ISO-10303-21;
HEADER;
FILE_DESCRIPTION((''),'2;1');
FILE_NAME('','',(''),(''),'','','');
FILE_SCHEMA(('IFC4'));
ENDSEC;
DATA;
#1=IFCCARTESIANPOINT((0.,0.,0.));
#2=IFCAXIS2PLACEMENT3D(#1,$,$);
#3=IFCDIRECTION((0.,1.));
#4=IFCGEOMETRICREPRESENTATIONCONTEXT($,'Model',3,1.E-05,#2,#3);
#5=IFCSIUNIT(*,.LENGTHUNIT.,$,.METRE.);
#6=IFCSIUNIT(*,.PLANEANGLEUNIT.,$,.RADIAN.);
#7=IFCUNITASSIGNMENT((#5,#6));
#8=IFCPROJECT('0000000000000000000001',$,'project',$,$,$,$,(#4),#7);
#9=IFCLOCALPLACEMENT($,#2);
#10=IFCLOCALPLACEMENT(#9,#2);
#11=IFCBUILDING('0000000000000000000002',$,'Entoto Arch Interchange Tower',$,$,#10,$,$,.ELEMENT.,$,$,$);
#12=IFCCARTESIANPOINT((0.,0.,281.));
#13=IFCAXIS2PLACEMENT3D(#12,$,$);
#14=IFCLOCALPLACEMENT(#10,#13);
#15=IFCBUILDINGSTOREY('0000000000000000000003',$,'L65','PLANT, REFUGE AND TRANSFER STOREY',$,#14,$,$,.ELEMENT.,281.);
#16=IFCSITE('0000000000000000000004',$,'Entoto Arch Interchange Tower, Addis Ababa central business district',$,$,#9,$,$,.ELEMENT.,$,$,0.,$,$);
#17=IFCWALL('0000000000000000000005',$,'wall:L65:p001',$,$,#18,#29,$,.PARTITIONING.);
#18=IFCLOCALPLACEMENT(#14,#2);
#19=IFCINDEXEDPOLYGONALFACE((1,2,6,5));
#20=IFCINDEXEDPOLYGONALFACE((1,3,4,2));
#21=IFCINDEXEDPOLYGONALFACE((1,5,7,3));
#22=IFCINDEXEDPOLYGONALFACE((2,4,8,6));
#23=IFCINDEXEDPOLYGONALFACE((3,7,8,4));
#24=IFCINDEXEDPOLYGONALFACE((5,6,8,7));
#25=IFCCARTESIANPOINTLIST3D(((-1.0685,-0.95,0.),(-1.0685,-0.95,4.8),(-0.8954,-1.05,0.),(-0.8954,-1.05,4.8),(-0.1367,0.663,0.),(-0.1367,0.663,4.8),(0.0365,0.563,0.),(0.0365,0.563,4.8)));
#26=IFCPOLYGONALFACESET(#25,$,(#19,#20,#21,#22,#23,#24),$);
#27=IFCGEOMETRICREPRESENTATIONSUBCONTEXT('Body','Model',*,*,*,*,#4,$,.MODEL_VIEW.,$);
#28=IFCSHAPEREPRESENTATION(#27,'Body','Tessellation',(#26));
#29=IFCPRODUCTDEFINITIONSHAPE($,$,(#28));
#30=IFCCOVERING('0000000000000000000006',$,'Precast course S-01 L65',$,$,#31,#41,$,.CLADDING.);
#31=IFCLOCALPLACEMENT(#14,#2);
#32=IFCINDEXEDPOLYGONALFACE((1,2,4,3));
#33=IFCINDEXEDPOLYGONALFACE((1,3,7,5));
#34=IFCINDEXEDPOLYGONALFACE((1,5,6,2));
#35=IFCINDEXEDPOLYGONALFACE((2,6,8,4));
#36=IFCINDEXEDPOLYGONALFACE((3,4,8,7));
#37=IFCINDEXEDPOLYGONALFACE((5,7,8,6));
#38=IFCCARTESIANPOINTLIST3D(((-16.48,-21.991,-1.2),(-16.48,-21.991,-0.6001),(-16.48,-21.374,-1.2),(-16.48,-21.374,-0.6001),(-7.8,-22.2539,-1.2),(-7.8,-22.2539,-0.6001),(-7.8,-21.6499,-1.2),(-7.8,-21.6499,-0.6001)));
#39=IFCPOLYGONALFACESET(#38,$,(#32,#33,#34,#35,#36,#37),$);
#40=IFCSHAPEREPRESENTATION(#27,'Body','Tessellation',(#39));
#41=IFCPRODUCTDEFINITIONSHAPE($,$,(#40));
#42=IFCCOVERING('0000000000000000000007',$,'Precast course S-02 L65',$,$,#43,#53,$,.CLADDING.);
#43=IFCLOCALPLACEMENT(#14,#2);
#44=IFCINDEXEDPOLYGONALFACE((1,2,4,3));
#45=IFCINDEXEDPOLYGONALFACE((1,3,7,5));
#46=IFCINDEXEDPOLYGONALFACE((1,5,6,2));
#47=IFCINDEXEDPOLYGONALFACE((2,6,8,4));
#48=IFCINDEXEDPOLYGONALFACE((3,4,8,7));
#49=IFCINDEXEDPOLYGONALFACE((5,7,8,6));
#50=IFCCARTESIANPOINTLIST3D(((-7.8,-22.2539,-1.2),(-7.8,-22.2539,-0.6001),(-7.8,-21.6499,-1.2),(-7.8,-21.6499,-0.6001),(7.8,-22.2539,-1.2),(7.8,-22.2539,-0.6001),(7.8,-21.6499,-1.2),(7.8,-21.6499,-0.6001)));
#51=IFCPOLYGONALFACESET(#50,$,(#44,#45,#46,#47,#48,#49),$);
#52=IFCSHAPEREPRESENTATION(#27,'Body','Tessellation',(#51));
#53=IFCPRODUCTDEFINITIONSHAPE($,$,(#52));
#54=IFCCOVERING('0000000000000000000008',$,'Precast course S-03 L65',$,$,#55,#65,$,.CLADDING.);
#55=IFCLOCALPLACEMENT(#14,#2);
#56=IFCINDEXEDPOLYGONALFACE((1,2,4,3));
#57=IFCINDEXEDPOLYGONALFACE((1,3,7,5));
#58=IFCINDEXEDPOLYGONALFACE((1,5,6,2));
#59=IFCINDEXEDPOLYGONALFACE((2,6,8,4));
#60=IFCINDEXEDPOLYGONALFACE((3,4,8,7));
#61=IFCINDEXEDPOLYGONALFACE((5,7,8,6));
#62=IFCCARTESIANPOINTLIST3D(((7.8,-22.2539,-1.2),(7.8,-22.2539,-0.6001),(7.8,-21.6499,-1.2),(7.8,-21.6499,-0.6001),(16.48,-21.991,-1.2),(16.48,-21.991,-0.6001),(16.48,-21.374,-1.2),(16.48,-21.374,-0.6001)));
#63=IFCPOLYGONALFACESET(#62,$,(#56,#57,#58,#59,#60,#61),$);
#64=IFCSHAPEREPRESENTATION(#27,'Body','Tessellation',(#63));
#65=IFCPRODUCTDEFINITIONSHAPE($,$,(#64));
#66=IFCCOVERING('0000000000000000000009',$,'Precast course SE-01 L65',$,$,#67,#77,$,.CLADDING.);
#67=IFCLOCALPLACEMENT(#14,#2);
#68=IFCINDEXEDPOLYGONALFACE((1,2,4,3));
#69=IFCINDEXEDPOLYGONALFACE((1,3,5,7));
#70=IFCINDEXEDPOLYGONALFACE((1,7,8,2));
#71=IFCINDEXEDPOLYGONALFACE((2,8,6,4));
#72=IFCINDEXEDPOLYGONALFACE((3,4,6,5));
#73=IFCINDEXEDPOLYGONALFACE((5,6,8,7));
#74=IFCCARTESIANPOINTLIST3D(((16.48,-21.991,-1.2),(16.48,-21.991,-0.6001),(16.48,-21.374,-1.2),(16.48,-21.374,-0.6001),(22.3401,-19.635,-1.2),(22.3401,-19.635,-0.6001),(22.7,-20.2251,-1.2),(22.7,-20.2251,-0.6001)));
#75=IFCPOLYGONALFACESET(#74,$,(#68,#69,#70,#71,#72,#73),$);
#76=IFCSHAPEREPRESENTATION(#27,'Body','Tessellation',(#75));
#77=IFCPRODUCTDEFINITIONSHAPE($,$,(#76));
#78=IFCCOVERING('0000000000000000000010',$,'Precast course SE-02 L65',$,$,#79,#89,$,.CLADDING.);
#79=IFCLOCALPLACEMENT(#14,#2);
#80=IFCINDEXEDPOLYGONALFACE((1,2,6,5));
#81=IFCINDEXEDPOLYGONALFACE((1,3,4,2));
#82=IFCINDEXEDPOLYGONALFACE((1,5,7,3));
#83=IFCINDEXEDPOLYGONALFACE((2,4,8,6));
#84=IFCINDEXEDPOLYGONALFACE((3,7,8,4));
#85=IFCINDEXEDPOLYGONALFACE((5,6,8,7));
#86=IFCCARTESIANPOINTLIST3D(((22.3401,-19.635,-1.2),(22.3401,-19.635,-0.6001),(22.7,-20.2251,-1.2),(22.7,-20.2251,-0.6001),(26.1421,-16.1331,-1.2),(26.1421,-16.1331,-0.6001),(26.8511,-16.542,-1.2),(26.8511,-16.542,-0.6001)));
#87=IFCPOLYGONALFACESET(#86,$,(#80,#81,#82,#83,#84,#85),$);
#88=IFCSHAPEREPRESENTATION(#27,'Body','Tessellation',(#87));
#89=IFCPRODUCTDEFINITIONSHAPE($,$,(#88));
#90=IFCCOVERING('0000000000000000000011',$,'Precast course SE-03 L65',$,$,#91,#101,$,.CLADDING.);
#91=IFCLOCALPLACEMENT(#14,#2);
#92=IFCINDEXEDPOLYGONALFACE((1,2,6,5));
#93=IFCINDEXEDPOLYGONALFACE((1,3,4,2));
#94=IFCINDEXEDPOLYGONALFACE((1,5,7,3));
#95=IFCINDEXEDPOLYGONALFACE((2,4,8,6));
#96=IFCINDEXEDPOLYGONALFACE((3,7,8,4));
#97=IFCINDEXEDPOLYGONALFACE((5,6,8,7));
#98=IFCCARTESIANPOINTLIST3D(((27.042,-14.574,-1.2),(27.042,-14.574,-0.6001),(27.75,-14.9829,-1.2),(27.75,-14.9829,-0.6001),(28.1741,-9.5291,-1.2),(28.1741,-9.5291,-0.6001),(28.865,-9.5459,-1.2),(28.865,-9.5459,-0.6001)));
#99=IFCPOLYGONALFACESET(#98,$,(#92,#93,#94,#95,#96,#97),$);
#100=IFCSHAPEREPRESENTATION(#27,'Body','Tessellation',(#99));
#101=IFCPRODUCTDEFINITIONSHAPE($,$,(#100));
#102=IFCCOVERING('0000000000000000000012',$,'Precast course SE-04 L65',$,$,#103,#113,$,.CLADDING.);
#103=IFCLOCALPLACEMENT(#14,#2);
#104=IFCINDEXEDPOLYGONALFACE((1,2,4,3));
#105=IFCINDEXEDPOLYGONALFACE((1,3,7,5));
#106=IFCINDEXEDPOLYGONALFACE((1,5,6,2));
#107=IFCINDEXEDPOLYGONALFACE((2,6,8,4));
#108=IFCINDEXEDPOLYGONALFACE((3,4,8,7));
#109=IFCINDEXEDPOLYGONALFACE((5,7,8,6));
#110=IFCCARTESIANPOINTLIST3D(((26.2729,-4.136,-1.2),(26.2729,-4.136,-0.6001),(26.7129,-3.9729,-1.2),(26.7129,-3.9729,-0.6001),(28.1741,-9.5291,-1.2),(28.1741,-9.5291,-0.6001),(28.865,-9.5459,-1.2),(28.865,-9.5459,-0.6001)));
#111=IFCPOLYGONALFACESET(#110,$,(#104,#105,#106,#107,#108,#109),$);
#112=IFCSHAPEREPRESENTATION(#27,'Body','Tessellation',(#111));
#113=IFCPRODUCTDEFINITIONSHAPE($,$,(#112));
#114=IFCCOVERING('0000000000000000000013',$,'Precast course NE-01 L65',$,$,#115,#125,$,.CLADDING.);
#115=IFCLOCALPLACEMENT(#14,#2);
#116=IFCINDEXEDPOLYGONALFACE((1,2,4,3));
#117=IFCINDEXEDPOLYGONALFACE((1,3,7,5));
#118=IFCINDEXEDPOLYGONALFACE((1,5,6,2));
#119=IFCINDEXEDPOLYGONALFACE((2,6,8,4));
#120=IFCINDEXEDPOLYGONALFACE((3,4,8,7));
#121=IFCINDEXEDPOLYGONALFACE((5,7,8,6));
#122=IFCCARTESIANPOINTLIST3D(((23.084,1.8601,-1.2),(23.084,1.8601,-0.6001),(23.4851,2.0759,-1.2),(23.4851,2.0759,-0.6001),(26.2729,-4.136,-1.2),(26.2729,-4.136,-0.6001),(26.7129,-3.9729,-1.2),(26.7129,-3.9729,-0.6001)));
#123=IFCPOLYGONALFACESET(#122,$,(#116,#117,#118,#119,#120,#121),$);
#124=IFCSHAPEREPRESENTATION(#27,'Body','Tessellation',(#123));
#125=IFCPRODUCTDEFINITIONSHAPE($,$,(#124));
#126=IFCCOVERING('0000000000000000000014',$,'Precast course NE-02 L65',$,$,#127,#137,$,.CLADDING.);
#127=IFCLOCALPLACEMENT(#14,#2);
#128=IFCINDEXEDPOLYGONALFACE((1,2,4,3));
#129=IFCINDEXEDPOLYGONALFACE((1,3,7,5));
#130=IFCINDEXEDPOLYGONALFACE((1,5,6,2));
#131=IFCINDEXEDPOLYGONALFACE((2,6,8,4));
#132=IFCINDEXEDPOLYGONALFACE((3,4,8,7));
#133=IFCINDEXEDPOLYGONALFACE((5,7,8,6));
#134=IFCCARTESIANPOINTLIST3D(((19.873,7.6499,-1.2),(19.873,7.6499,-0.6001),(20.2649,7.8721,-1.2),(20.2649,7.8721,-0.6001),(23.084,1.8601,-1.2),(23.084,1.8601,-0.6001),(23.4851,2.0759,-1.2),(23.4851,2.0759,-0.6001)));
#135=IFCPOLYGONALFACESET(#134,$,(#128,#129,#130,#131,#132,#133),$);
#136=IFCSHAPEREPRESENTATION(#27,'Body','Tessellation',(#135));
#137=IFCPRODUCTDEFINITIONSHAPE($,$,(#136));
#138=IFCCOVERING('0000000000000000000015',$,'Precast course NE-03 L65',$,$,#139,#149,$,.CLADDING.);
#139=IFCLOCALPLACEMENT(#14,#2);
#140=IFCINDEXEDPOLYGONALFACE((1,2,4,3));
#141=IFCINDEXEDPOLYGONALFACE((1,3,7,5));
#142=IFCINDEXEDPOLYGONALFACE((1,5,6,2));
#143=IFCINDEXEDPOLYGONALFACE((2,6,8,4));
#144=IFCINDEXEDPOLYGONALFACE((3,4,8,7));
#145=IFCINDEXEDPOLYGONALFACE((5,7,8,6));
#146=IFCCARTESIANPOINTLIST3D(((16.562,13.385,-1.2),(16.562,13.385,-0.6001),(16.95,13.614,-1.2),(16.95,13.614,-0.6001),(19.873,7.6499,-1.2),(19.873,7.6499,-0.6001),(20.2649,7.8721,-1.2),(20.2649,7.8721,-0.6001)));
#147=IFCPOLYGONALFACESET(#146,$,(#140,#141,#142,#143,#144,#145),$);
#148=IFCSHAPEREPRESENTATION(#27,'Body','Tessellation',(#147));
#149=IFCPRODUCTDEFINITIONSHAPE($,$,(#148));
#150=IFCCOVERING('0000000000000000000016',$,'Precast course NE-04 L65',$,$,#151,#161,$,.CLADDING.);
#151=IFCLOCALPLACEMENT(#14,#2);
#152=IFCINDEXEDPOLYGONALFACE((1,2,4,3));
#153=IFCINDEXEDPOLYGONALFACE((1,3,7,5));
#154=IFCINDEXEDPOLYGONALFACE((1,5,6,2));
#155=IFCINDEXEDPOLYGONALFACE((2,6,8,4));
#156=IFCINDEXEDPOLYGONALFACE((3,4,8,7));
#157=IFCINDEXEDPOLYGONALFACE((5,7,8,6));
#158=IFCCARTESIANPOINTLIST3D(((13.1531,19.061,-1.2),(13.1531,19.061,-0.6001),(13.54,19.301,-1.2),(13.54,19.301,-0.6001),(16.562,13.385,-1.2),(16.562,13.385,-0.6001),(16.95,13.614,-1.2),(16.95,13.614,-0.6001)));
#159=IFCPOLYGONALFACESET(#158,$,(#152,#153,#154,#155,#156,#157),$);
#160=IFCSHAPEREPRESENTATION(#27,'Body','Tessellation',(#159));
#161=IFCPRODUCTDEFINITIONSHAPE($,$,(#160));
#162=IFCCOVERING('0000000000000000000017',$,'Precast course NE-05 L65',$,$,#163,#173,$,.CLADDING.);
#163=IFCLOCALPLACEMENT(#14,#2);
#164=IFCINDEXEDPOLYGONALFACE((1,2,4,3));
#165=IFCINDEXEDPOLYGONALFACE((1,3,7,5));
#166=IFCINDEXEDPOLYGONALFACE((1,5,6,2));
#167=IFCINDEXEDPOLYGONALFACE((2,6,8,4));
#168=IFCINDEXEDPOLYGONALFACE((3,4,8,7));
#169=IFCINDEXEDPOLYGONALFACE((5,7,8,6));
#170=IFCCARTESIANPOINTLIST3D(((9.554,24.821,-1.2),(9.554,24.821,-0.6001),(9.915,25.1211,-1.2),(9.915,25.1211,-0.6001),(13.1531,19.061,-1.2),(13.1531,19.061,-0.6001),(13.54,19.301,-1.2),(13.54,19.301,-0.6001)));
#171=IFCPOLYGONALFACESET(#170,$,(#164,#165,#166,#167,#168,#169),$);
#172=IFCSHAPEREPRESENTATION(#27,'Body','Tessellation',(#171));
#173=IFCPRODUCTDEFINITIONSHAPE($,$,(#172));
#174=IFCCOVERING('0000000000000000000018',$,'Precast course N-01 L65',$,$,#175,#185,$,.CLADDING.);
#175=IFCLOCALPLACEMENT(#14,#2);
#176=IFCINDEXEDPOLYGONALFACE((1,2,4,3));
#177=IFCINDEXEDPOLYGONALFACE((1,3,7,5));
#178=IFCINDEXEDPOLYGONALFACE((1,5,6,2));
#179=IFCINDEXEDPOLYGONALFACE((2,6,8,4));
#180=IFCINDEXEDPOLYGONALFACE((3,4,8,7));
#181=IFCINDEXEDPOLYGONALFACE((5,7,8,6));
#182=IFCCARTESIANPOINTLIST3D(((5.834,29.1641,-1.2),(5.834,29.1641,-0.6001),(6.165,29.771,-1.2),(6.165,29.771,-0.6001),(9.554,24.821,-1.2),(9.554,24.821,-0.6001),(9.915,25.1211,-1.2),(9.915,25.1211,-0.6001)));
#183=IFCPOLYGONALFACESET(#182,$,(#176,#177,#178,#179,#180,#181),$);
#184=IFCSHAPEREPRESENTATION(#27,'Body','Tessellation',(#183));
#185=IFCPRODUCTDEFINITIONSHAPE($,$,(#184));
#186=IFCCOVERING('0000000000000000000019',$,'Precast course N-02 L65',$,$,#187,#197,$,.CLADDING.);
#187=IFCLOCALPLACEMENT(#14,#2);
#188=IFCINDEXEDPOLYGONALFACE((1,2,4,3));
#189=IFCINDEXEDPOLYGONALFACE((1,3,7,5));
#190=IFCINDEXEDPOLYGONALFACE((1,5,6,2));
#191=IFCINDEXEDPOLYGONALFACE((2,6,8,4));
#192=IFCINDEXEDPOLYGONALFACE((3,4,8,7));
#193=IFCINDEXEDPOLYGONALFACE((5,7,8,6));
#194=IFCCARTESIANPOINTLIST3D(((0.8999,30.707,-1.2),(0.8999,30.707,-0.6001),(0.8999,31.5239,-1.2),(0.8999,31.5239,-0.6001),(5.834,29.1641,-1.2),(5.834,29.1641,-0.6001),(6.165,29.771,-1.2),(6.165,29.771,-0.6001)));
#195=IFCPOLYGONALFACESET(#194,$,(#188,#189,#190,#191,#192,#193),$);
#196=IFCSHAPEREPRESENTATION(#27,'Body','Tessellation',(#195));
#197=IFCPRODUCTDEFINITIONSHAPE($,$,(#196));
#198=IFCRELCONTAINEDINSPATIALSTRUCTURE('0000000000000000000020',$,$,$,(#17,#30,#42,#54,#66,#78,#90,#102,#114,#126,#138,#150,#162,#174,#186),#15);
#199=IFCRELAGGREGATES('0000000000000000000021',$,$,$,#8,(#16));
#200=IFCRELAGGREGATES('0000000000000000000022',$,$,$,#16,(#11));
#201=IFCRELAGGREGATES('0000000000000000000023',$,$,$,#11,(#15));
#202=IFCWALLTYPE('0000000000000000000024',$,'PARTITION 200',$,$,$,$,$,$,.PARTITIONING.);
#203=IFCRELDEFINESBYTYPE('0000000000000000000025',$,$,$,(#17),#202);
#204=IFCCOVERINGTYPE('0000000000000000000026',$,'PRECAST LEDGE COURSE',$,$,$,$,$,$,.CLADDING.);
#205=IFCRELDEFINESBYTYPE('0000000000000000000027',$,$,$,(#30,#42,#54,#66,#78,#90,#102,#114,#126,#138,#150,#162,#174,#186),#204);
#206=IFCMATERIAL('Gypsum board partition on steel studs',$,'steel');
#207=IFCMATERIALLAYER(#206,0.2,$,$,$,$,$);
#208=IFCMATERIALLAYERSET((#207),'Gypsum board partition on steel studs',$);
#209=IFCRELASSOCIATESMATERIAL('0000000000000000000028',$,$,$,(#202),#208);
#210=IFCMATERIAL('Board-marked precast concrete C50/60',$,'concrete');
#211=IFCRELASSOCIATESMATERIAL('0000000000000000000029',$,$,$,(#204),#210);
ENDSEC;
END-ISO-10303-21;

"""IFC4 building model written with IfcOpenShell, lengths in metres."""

from ifc_helpers import new_model, si_unit, direction, frame, frame_2d, origin, place, context, subcontext, project, spatial, polyline, rectangle, outline, extrude, material, layer, layer_set, type_object, element, save


model = new_model("IFC4")

# Units and contexts
model_context = context("Model", 3, precision=1e-05, world=origin(), true_north=direction((0.0, 1.0)))
body_context = subcontext(model_context, "Body", "Model", "MODEL_VIEW")
ifc_project = project(units=[si_unit("LENGTHUNIT", "METRE"), si_unit("PLANEANGLEUNIT", "RADIAN")], contexts=[model_context])

# Site, building, storey
site_placement = place(None, origin())
site = spatial("IfcSite", under=ifc_project, at=site_placement, Name="Entoto Arch Interchange Tower, Addis Ababa central business district", CompositionType="ELEMENT", RefElevation=0.0)
building_placement = place(site_placement, origin())
building = spatial("IfcBuilding", under=site, at=building_placement, Name="Entoto Arch Interchange Tower", CompositionType="ELEMENT")
storey_placement = place(building_placement, frame((0.0, 0.0, 281.0)))
storey = spatial("IfcBuildingStorey", under=building, at=storey_placement, Name="L65", Description="PLANT, REFUGE AND TRANSFER STOREY", CompositionType="ELEMENT", Elevation=281.0)

# Wall
ifc_material_1 = material(Name="Gypsum board partition on steel studs", Category="steel")
ifc_layer_1 = layer(ifc_material_1, 0.2)
ifc_layer_set_1 = layer_set([ifc_layer_1], Name="Gypsum board partition on steel studs")
wall_type_1 = type_object("IfcWallType", Name="PARTITION 200", PredefinedType="PARTITIONING", material=ifc_layer_set_1)
wall_1_placement = place(storey_placement, frame((-0.9819, -1.0, 0.0), z_axis=(0.0, 0.0, 1.0), x_axis=(0.50024, 0.865887, 0.0)))
element("IfcWall", 1, at=wall_1_placement, inside=storey, type_object=wall_type_1, Name="wall:L65:p001", PredefinedType="PARTITIONING", context=body_context, shape_type="SweptSolid", body=[
    extrude(rectangle(XDim=1.8628, YDim=0.2, at=frame_2d((0.9314, 0.0))), origin(), (0.0, 0.0, 1.0), 4.8),
])

# Coverings
ifc_material_2 = material(Name="Board-marked precast concrete C50/60", Category="concrete")
covering_type = type_object("IfcCoveringType", Name="PRECAST LEDGE COURSE", PredefinedType="CLADDING", material=ifc_material_2)
covering_1_placement = place(storey_placement, frame((0.0, 0.0, -1.2)))
element("IfcCovering", 2, at=covering_1_placement, inside=storey, type_object=covering_type, Name="Precast course S-01 L65", PredefinedType="CLADDING", context=body_context, shape_type="SweptSolid", body=[
    extrude(outline(polyline([(-7.8, -21.6499), (-7.8, -22.2539), (-16.48, -21.991), (-16.48, -21.374), (-7.8, -21.6499)])), origin(), (0.0, 0.0, 1.0), 0.5999),
])
covering_2_placement = place(storey_placement, frame((0.0, 0.0, -1.2)))
element("IfcCovering", 3, at=covering_2_placement, inside=storey, type_object=covering_type, Name="Precast course S-02 L65", PredefinedType="CLADDING", context=body_context, shape_type="SweptSolid", body=[
    extrude(outline(polyline([(7.8, -21.6499), (7.8, -22.2539), (-7.8, -22.2539), (-7.8, -21.6499), (7.8, -21.6499)])), origin(), (0.0, 0.0, 1.0), 0.5999),
])
covering_3_placement = place(storey_placement, frame((0.0, 0.0, -1.2)))
element("IfcCovering", 4, at=covering_3_placement, inside=storey, type_object=covering_type, Name="Precast course S-03 L65", PredefinedType="CLADDING", context=body_context, shape_type="SweptSolid", body=[
    extrude(outline(polyline([(16.48, -21.374), (16.48, -21.991), (7.8, -22.2539), (7.8, -21.6499), (16.48, -21.374)])), origin(), (0.0, 0.0, 1.0), 0.5999),
])
covering_4_placement = place(storey_placement, frame((0.0, 0.0, -1.2)))
element("IfcCovering", 5, at=covering_4_placement, inside=storey, type_object=covering_type, Name="Precast course SE-01 L65", PredefinedType="CLADDING", context=body_context, shape_type="SweptSolid", body=[
    extrude(outline(polyline([(22.3401, -19.635), (22.7, -20.2251), (16.48, -21.991), (16.48, -21.374), (22.3401, -19.635)])), origin(), (0.0, 0.0, 1.0), 0.5999),
])
covering_5_placement = place(storey_placement, frame((0.0, 0.0, -1.2)))
element("IfcCovering", 6, at=covering_5_placement, inside=storey, type_object=covering_type, Name="Precast course SE-02 L65", PredefinedType="CLADDING", context=body_context, shape_type="SweptSolid", body=[
    extrude(outline(polyline([(26.1421, -16.1331), (26.8511, -16.542), (22.7, -20.2251), (22.3401, -19.635), (26.1421, -16.1331)])), origin(), (0.0, 0.0, 1.0), 0.5999),
])
covering_6_placement = place(storey_placement, frame((0.0, 0.0, -1.2)))
element("IfcCovering", 7, at=covering_6_placement, inside=storey, type_object=covering_type, Name="Precast course SE-03 L65", PredefinedType="CLADDING", context=body_context, shape_type="SweptSolid", body=[
    extrude(outline(polyline([(28.1741, -9.5291), (28.865, -9.5459), (27.75, -14.9829), (27.042, -14.574), (28.1741, -9.5291)])), origin(), (0.0, 0.0, 1.0), 0.5999),
])
covering_7_placement = place(storey_placement, frame((0.0, 0.0, -1.2)))
element("IfcCovering", 8, at=covering_7_placement, inside=storey, type_object=covering_type, Name="Precast course SE-04 L65", PredefinedType="CLADDING", context=body_context, shape_type="SweptSolid", body=[
    extrude(outline(polyline([(26.2729, -4.136), (26.7129, -3.9729), (28.865, -9.5459), (28.1741, -9.5291), (26.2729, -4.136)])), origin(), (0.0, 0.0, 1.0), 0.5999),
])
covering_8_placement = place(storey_placement, frame((0.0, 0.0, -1.2)))
element("IfcCovering", 9, at=covering_8_placement, inside=storey, type_object=covering_type, Name="Precast course NE-01 L65", PredefinedType="CLADDING", context=body_context, shape_type="SweptSolid", body=[
    extrude(outline(polyline([(23.084, 1.8601), (23.4851, 2.0759), (26.7129, -3.9729), (26.2729, -4.136), (23.084, 1.8601)])), origin(), (0.0, 0.0, 1.0), 0.5999),
])
covering_9_placement = place(storey_placement, frame((0.0, 0.0, -1.2)))
element("IfcCovering", 10, at=covering_9_placement, inside=storey, type_object=covering_type, Name="Precast course NE-02 L65", PredefinedType="CLADDING", context=body_context, shape_type="SweptSolid", body=[
    extrude(outline(polyline([(19.873, 7.6499), (20.2649, 7.8721), (23.4851, 2.0759), (23.084, 1.8601), (19.873, 7.6499)])), origin(), (0.0, 0.0, 1.0), 0.5999),
])
covering_10_placement = place(storey_placement, frame((0.0, 0.0, -1.2)))
element("IfcCovering", 11, at=covering_10_placement, inside=storey, type_object=covering_type, Name="Precast course NE-03 L65", PredefinedType="CLADDING", context=body_context, shape_type="SweptSolid", body=[
    extrude(outline(polyline([(16.562, 13.385), (16.95, 13.614), (20.2649, 7.8721), (19.873, 7.6499), (16.562, 13.385)])), origin(), (0.0, 0.0, 1.0), 0.5999),
])
covering_11_placement = place(storey_placement, frame((0.0, 0.0, -1.2)))
element("IfcCovering", 12, at=covering_11_placement, inside=storey, type_object=covering_type, Name="Precast course NE-04 L65", PredefinedType="CLADDING", context=body_context, shape_type="SweptSolid", body=[
    extrude(outline(polyline([(13.1531, 19.061), (13.54, 19.301), (16.95, 13.614), (16.562, 13.385), (13.1531, 19.061)])), origin(), (0.0, 0.0, 1.0), 0.5999),
])
covering_12_placement = place(storey_placement, frame((0.0, 0.0, -1.2)))
element("IfcCovering", 13, at=covering_12_placement, inside=storey, type_object=covering_type, Name="Precast course NE-05 L65", PredefinedType="CLADDING", context=body_context, shape_type="SweptSolid", body=[
    extrude(outline(polyline([(9.554, 24.821), (9.915, 25.1211), (13.54, 19.301), (13.1531, 19.061), (9.554, 24.821)])), origin(), (0.0, 0.0, 1.0), 0.5999),
])
covering_13_placement = place(storey_placement, frame((0.0, 0.0, -1.2)))
element("IfcCovering", 14, at=covering_13_placement, inside=storey, type_object=covering_type, Name="Precast course N-01 L65", PredefinedType="CLADDING", context=body_context, shape_type="SweptSolid", body=[
    extrude(outline(polyline([(5.834, 29.1641), (6.165, 29.771), (9.915, 25.1211), (9.554, 24.821), (5.834, 29.1641)])), origin(), (0.0, 0.0, 1.0), 0.5999),
])
covering_14_placement = place(storey_placement, frame((0.0, 0.0, -1.2)))
element("IfcCovering", 15, at=covering_14_placement, inside=storey, type_object=covering_type, Name="Precast course N-02 L65", PredefinedType="CLADDING", context=body_context, shape_type="SweptSolid", body=[
    extrude(outline(polyline([(0.8999, 30.707), (0.8999, 31.5239), (6.165, 29.771), (5.834, 29.1641), (0.8999, 30.707)])), origin(), (0.0, 0.0, 1.0), 0.5999),
])

save(model, "model.ifc")
